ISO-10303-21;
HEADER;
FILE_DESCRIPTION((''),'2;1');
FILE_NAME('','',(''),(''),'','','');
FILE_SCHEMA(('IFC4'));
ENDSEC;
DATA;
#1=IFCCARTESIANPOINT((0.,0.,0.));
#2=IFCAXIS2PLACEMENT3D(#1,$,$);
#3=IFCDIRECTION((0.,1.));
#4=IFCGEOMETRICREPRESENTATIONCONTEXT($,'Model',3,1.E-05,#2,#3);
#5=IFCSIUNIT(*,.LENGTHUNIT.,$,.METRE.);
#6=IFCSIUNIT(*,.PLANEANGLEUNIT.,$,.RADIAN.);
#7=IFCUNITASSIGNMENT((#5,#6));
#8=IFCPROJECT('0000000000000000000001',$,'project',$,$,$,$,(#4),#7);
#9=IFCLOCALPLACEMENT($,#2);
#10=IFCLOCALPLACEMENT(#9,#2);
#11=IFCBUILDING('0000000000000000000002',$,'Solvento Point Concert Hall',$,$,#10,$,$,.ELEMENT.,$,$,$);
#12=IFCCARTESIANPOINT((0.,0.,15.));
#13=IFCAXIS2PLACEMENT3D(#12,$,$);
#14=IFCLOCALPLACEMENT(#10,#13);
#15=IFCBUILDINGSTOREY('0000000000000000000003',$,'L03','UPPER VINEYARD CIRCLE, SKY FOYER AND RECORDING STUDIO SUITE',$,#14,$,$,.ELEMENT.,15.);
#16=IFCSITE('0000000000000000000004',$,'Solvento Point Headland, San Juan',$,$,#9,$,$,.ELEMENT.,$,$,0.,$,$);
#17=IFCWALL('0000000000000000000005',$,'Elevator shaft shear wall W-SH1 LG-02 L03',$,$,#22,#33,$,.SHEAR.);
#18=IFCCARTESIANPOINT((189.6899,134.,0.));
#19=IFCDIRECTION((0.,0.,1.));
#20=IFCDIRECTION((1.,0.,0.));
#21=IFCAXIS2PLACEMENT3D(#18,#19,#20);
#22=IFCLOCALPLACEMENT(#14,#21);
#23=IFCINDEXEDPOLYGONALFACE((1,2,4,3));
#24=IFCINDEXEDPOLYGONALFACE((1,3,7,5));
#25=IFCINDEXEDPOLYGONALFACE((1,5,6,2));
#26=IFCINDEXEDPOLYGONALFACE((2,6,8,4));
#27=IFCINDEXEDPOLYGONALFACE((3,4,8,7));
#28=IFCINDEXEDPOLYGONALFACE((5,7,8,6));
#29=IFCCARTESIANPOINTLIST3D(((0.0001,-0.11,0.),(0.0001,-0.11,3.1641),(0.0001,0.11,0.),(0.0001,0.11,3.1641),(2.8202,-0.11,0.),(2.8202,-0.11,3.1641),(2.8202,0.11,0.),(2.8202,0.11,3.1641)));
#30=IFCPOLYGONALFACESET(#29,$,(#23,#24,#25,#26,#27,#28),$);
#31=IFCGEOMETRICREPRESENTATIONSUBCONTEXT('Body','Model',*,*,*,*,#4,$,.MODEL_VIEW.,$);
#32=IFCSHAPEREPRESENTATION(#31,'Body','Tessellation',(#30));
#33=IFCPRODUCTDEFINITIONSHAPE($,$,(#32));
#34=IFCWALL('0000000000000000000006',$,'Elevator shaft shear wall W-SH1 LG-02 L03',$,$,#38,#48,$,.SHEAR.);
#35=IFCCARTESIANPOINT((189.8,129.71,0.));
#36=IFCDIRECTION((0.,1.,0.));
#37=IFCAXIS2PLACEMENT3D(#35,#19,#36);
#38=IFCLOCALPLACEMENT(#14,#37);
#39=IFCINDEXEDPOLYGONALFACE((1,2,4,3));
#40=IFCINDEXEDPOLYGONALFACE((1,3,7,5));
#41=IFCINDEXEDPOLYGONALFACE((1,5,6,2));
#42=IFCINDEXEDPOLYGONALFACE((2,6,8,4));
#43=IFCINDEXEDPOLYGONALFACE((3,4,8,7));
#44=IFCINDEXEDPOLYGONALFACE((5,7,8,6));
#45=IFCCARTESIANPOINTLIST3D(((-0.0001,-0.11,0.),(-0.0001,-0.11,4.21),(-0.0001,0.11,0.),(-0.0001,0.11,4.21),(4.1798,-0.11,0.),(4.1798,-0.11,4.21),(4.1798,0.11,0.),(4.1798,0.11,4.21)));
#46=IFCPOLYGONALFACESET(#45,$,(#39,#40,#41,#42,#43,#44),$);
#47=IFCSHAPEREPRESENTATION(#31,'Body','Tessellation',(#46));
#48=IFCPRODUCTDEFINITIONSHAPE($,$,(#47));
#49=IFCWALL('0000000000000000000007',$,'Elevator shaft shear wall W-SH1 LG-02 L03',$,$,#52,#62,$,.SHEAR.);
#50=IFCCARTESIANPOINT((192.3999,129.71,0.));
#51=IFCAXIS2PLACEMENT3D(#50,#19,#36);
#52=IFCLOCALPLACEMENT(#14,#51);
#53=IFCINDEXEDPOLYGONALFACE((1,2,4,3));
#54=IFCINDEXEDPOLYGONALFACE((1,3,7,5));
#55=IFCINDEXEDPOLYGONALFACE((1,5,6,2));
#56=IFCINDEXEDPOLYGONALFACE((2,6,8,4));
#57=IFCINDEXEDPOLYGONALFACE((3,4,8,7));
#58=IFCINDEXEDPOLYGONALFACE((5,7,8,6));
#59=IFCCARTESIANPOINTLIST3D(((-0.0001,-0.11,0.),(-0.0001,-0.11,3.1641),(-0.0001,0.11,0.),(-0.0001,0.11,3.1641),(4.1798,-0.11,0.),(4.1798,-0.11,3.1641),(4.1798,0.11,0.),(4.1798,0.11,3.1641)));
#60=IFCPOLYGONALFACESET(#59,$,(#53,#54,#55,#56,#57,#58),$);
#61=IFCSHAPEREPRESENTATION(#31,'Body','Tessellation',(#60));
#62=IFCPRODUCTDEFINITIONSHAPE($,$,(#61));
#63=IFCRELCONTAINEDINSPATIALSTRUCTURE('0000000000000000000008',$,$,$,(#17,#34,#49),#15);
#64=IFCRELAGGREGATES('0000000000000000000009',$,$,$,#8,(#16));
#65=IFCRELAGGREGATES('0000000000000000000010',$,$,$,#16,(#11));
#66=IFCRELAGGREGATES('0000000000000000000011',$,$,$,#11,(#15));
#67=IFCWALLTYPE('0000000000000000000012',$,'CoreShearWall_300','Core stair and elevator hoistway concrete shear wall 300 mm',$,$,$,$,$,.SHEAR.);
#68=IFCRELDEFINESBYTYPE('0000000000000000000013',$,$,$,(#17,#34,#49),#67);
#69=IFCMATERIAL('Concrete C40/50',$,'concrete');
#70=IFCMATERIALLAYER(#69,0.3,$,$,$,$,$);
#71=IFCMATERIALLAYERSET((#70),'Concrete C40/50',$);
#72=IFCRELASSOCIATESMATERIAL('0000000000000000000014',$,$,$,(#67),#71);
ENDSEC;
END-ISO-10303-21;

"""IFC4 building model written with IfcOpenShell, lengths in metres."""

from ifc_helpers import new_model, si_unit, direction, frame, frame_2d, origin, place, context, subcontext, project, spatial, rectangle, extrude, material, layer, layer_set, type_object, element, save


model = new_model("IFC4")

# Units and contexts
model_context = context("Model", 3, precision=1e-05, world=origin(), true_north=direction((0.0, 1.0)))
body_context = subcontext(model_context, "Body", "Model", "MODEL_VIEW")
ifc_project = project(units=[si_unit("LENGTHUNIT", "METRE"), si_unit("PLANEANGLEUNIT", "RADIAN")], contexts=[model_context])

# Site, building, storey
site_placement = place(None, origin())
site = spatial("IfcSite", under=ifc_project, at=site_placement, Name="Solvento Point Headland, San Juan", CompositionType="ELEMENT", RefElevation=0.0)
building_placement = place(site_placement, origin())
building = spatial("IfcBuilding", under=site, at=building_placement, Name="Solvento Point Concert Hall", CompositionType="ELEMENT")
storey_placement = place(building_placement, frame((0.0, 0.0, 15.0)))
storey = spatial("IfcBuildingStorey", under=building, at=storey_placement, Name="L03", Description="UPPER VINEYARD CIRCLE, SKY FOYER AND RECORDING STUDIO SUITE", CompositionType="ELEMENT", Elevation=15.0)

# Shared definitions
ifc_material_1 = material(Name="Concrete C40/50", Category="concrete")
ifc_layer_1 = layer(ifc_material_1, 0.3)
ifc_layer_set_1 = layer_set([ifc_layer_1], Name="Concrete C40/50")
wall_type_1 = type_object("IfcWallType", Name="CoreShearWall_300", Description="Core stair and elevator hoistway concrete shear wall 300 mm", PredefinedType="SHEAR", material=ifc_layer_set_1)

# Walls
wall_1_placement = place(storey_placement, frame((189.6899, 134.0, 0.0), z_axis=(0.0, 0.0, 1.0), x_axis=(1.0, 0.0, 0.0)))
element("IfcWall", 1, at=wall_1_placement, inside=storey, type_object=wall_type_1, Name="Elevator shaft shear wall W-SH1 LG-02 L03", PredefinedType="SHEAR", context=body_context, shape_type="SweptSolid", body=[
    extrude(rectangle(XDim=2.8201, YDim=0.22, at=frame_2d((1.4102, 0.0))), origin(), (0.0, 0.0, 1.0), 3.1641),
])
wall_2_placement = place(storey_placement, frame((189.8, 129.71, 0.0), z_axis=(0.0, 0.0, 1.0), x_axis=(0.0, 1.0, 0.0)))
element("IfcWall", 2, at=wall_2_placement, inside=storey, type_object=wall_type_1, Name="Elevator shaft shear wall W-SH1 LG-02 L03", PredefinedType="SHEAR", context=body_context, shape_type="SweptSolid", body=[
    extrude(rectangle(XDim=4.1799, YDim=0.22, at=frame_2d((2.0898, 0.0))), origin(), (0.0, 0.0, 1.0), 4.21),
])
wall_3_placement = place(storey_placement, frame((192.3999, 129.71, 0.0), z_axis=(0.0, 0.0, 1.0), x_axis=(0.0, 1.0, 0.0)))
element("IfcWall", 3, at=wall_3_placement, inside=storey, type_object=wall_type_1, Name="Elevator shaft shear wall W-SH1 LG-02 L03", PredefinedType="SHEAR", context=body_context, shape_type="SweptSolid", body=[
    extrude(rectangle(XDim=4.1799, YDim=0.22, at=frame_2d((2.0898, 0.0))), origin(), (0.0, 0.0, 1.0), 3.1641),
])

save(model, "model.ifc")
